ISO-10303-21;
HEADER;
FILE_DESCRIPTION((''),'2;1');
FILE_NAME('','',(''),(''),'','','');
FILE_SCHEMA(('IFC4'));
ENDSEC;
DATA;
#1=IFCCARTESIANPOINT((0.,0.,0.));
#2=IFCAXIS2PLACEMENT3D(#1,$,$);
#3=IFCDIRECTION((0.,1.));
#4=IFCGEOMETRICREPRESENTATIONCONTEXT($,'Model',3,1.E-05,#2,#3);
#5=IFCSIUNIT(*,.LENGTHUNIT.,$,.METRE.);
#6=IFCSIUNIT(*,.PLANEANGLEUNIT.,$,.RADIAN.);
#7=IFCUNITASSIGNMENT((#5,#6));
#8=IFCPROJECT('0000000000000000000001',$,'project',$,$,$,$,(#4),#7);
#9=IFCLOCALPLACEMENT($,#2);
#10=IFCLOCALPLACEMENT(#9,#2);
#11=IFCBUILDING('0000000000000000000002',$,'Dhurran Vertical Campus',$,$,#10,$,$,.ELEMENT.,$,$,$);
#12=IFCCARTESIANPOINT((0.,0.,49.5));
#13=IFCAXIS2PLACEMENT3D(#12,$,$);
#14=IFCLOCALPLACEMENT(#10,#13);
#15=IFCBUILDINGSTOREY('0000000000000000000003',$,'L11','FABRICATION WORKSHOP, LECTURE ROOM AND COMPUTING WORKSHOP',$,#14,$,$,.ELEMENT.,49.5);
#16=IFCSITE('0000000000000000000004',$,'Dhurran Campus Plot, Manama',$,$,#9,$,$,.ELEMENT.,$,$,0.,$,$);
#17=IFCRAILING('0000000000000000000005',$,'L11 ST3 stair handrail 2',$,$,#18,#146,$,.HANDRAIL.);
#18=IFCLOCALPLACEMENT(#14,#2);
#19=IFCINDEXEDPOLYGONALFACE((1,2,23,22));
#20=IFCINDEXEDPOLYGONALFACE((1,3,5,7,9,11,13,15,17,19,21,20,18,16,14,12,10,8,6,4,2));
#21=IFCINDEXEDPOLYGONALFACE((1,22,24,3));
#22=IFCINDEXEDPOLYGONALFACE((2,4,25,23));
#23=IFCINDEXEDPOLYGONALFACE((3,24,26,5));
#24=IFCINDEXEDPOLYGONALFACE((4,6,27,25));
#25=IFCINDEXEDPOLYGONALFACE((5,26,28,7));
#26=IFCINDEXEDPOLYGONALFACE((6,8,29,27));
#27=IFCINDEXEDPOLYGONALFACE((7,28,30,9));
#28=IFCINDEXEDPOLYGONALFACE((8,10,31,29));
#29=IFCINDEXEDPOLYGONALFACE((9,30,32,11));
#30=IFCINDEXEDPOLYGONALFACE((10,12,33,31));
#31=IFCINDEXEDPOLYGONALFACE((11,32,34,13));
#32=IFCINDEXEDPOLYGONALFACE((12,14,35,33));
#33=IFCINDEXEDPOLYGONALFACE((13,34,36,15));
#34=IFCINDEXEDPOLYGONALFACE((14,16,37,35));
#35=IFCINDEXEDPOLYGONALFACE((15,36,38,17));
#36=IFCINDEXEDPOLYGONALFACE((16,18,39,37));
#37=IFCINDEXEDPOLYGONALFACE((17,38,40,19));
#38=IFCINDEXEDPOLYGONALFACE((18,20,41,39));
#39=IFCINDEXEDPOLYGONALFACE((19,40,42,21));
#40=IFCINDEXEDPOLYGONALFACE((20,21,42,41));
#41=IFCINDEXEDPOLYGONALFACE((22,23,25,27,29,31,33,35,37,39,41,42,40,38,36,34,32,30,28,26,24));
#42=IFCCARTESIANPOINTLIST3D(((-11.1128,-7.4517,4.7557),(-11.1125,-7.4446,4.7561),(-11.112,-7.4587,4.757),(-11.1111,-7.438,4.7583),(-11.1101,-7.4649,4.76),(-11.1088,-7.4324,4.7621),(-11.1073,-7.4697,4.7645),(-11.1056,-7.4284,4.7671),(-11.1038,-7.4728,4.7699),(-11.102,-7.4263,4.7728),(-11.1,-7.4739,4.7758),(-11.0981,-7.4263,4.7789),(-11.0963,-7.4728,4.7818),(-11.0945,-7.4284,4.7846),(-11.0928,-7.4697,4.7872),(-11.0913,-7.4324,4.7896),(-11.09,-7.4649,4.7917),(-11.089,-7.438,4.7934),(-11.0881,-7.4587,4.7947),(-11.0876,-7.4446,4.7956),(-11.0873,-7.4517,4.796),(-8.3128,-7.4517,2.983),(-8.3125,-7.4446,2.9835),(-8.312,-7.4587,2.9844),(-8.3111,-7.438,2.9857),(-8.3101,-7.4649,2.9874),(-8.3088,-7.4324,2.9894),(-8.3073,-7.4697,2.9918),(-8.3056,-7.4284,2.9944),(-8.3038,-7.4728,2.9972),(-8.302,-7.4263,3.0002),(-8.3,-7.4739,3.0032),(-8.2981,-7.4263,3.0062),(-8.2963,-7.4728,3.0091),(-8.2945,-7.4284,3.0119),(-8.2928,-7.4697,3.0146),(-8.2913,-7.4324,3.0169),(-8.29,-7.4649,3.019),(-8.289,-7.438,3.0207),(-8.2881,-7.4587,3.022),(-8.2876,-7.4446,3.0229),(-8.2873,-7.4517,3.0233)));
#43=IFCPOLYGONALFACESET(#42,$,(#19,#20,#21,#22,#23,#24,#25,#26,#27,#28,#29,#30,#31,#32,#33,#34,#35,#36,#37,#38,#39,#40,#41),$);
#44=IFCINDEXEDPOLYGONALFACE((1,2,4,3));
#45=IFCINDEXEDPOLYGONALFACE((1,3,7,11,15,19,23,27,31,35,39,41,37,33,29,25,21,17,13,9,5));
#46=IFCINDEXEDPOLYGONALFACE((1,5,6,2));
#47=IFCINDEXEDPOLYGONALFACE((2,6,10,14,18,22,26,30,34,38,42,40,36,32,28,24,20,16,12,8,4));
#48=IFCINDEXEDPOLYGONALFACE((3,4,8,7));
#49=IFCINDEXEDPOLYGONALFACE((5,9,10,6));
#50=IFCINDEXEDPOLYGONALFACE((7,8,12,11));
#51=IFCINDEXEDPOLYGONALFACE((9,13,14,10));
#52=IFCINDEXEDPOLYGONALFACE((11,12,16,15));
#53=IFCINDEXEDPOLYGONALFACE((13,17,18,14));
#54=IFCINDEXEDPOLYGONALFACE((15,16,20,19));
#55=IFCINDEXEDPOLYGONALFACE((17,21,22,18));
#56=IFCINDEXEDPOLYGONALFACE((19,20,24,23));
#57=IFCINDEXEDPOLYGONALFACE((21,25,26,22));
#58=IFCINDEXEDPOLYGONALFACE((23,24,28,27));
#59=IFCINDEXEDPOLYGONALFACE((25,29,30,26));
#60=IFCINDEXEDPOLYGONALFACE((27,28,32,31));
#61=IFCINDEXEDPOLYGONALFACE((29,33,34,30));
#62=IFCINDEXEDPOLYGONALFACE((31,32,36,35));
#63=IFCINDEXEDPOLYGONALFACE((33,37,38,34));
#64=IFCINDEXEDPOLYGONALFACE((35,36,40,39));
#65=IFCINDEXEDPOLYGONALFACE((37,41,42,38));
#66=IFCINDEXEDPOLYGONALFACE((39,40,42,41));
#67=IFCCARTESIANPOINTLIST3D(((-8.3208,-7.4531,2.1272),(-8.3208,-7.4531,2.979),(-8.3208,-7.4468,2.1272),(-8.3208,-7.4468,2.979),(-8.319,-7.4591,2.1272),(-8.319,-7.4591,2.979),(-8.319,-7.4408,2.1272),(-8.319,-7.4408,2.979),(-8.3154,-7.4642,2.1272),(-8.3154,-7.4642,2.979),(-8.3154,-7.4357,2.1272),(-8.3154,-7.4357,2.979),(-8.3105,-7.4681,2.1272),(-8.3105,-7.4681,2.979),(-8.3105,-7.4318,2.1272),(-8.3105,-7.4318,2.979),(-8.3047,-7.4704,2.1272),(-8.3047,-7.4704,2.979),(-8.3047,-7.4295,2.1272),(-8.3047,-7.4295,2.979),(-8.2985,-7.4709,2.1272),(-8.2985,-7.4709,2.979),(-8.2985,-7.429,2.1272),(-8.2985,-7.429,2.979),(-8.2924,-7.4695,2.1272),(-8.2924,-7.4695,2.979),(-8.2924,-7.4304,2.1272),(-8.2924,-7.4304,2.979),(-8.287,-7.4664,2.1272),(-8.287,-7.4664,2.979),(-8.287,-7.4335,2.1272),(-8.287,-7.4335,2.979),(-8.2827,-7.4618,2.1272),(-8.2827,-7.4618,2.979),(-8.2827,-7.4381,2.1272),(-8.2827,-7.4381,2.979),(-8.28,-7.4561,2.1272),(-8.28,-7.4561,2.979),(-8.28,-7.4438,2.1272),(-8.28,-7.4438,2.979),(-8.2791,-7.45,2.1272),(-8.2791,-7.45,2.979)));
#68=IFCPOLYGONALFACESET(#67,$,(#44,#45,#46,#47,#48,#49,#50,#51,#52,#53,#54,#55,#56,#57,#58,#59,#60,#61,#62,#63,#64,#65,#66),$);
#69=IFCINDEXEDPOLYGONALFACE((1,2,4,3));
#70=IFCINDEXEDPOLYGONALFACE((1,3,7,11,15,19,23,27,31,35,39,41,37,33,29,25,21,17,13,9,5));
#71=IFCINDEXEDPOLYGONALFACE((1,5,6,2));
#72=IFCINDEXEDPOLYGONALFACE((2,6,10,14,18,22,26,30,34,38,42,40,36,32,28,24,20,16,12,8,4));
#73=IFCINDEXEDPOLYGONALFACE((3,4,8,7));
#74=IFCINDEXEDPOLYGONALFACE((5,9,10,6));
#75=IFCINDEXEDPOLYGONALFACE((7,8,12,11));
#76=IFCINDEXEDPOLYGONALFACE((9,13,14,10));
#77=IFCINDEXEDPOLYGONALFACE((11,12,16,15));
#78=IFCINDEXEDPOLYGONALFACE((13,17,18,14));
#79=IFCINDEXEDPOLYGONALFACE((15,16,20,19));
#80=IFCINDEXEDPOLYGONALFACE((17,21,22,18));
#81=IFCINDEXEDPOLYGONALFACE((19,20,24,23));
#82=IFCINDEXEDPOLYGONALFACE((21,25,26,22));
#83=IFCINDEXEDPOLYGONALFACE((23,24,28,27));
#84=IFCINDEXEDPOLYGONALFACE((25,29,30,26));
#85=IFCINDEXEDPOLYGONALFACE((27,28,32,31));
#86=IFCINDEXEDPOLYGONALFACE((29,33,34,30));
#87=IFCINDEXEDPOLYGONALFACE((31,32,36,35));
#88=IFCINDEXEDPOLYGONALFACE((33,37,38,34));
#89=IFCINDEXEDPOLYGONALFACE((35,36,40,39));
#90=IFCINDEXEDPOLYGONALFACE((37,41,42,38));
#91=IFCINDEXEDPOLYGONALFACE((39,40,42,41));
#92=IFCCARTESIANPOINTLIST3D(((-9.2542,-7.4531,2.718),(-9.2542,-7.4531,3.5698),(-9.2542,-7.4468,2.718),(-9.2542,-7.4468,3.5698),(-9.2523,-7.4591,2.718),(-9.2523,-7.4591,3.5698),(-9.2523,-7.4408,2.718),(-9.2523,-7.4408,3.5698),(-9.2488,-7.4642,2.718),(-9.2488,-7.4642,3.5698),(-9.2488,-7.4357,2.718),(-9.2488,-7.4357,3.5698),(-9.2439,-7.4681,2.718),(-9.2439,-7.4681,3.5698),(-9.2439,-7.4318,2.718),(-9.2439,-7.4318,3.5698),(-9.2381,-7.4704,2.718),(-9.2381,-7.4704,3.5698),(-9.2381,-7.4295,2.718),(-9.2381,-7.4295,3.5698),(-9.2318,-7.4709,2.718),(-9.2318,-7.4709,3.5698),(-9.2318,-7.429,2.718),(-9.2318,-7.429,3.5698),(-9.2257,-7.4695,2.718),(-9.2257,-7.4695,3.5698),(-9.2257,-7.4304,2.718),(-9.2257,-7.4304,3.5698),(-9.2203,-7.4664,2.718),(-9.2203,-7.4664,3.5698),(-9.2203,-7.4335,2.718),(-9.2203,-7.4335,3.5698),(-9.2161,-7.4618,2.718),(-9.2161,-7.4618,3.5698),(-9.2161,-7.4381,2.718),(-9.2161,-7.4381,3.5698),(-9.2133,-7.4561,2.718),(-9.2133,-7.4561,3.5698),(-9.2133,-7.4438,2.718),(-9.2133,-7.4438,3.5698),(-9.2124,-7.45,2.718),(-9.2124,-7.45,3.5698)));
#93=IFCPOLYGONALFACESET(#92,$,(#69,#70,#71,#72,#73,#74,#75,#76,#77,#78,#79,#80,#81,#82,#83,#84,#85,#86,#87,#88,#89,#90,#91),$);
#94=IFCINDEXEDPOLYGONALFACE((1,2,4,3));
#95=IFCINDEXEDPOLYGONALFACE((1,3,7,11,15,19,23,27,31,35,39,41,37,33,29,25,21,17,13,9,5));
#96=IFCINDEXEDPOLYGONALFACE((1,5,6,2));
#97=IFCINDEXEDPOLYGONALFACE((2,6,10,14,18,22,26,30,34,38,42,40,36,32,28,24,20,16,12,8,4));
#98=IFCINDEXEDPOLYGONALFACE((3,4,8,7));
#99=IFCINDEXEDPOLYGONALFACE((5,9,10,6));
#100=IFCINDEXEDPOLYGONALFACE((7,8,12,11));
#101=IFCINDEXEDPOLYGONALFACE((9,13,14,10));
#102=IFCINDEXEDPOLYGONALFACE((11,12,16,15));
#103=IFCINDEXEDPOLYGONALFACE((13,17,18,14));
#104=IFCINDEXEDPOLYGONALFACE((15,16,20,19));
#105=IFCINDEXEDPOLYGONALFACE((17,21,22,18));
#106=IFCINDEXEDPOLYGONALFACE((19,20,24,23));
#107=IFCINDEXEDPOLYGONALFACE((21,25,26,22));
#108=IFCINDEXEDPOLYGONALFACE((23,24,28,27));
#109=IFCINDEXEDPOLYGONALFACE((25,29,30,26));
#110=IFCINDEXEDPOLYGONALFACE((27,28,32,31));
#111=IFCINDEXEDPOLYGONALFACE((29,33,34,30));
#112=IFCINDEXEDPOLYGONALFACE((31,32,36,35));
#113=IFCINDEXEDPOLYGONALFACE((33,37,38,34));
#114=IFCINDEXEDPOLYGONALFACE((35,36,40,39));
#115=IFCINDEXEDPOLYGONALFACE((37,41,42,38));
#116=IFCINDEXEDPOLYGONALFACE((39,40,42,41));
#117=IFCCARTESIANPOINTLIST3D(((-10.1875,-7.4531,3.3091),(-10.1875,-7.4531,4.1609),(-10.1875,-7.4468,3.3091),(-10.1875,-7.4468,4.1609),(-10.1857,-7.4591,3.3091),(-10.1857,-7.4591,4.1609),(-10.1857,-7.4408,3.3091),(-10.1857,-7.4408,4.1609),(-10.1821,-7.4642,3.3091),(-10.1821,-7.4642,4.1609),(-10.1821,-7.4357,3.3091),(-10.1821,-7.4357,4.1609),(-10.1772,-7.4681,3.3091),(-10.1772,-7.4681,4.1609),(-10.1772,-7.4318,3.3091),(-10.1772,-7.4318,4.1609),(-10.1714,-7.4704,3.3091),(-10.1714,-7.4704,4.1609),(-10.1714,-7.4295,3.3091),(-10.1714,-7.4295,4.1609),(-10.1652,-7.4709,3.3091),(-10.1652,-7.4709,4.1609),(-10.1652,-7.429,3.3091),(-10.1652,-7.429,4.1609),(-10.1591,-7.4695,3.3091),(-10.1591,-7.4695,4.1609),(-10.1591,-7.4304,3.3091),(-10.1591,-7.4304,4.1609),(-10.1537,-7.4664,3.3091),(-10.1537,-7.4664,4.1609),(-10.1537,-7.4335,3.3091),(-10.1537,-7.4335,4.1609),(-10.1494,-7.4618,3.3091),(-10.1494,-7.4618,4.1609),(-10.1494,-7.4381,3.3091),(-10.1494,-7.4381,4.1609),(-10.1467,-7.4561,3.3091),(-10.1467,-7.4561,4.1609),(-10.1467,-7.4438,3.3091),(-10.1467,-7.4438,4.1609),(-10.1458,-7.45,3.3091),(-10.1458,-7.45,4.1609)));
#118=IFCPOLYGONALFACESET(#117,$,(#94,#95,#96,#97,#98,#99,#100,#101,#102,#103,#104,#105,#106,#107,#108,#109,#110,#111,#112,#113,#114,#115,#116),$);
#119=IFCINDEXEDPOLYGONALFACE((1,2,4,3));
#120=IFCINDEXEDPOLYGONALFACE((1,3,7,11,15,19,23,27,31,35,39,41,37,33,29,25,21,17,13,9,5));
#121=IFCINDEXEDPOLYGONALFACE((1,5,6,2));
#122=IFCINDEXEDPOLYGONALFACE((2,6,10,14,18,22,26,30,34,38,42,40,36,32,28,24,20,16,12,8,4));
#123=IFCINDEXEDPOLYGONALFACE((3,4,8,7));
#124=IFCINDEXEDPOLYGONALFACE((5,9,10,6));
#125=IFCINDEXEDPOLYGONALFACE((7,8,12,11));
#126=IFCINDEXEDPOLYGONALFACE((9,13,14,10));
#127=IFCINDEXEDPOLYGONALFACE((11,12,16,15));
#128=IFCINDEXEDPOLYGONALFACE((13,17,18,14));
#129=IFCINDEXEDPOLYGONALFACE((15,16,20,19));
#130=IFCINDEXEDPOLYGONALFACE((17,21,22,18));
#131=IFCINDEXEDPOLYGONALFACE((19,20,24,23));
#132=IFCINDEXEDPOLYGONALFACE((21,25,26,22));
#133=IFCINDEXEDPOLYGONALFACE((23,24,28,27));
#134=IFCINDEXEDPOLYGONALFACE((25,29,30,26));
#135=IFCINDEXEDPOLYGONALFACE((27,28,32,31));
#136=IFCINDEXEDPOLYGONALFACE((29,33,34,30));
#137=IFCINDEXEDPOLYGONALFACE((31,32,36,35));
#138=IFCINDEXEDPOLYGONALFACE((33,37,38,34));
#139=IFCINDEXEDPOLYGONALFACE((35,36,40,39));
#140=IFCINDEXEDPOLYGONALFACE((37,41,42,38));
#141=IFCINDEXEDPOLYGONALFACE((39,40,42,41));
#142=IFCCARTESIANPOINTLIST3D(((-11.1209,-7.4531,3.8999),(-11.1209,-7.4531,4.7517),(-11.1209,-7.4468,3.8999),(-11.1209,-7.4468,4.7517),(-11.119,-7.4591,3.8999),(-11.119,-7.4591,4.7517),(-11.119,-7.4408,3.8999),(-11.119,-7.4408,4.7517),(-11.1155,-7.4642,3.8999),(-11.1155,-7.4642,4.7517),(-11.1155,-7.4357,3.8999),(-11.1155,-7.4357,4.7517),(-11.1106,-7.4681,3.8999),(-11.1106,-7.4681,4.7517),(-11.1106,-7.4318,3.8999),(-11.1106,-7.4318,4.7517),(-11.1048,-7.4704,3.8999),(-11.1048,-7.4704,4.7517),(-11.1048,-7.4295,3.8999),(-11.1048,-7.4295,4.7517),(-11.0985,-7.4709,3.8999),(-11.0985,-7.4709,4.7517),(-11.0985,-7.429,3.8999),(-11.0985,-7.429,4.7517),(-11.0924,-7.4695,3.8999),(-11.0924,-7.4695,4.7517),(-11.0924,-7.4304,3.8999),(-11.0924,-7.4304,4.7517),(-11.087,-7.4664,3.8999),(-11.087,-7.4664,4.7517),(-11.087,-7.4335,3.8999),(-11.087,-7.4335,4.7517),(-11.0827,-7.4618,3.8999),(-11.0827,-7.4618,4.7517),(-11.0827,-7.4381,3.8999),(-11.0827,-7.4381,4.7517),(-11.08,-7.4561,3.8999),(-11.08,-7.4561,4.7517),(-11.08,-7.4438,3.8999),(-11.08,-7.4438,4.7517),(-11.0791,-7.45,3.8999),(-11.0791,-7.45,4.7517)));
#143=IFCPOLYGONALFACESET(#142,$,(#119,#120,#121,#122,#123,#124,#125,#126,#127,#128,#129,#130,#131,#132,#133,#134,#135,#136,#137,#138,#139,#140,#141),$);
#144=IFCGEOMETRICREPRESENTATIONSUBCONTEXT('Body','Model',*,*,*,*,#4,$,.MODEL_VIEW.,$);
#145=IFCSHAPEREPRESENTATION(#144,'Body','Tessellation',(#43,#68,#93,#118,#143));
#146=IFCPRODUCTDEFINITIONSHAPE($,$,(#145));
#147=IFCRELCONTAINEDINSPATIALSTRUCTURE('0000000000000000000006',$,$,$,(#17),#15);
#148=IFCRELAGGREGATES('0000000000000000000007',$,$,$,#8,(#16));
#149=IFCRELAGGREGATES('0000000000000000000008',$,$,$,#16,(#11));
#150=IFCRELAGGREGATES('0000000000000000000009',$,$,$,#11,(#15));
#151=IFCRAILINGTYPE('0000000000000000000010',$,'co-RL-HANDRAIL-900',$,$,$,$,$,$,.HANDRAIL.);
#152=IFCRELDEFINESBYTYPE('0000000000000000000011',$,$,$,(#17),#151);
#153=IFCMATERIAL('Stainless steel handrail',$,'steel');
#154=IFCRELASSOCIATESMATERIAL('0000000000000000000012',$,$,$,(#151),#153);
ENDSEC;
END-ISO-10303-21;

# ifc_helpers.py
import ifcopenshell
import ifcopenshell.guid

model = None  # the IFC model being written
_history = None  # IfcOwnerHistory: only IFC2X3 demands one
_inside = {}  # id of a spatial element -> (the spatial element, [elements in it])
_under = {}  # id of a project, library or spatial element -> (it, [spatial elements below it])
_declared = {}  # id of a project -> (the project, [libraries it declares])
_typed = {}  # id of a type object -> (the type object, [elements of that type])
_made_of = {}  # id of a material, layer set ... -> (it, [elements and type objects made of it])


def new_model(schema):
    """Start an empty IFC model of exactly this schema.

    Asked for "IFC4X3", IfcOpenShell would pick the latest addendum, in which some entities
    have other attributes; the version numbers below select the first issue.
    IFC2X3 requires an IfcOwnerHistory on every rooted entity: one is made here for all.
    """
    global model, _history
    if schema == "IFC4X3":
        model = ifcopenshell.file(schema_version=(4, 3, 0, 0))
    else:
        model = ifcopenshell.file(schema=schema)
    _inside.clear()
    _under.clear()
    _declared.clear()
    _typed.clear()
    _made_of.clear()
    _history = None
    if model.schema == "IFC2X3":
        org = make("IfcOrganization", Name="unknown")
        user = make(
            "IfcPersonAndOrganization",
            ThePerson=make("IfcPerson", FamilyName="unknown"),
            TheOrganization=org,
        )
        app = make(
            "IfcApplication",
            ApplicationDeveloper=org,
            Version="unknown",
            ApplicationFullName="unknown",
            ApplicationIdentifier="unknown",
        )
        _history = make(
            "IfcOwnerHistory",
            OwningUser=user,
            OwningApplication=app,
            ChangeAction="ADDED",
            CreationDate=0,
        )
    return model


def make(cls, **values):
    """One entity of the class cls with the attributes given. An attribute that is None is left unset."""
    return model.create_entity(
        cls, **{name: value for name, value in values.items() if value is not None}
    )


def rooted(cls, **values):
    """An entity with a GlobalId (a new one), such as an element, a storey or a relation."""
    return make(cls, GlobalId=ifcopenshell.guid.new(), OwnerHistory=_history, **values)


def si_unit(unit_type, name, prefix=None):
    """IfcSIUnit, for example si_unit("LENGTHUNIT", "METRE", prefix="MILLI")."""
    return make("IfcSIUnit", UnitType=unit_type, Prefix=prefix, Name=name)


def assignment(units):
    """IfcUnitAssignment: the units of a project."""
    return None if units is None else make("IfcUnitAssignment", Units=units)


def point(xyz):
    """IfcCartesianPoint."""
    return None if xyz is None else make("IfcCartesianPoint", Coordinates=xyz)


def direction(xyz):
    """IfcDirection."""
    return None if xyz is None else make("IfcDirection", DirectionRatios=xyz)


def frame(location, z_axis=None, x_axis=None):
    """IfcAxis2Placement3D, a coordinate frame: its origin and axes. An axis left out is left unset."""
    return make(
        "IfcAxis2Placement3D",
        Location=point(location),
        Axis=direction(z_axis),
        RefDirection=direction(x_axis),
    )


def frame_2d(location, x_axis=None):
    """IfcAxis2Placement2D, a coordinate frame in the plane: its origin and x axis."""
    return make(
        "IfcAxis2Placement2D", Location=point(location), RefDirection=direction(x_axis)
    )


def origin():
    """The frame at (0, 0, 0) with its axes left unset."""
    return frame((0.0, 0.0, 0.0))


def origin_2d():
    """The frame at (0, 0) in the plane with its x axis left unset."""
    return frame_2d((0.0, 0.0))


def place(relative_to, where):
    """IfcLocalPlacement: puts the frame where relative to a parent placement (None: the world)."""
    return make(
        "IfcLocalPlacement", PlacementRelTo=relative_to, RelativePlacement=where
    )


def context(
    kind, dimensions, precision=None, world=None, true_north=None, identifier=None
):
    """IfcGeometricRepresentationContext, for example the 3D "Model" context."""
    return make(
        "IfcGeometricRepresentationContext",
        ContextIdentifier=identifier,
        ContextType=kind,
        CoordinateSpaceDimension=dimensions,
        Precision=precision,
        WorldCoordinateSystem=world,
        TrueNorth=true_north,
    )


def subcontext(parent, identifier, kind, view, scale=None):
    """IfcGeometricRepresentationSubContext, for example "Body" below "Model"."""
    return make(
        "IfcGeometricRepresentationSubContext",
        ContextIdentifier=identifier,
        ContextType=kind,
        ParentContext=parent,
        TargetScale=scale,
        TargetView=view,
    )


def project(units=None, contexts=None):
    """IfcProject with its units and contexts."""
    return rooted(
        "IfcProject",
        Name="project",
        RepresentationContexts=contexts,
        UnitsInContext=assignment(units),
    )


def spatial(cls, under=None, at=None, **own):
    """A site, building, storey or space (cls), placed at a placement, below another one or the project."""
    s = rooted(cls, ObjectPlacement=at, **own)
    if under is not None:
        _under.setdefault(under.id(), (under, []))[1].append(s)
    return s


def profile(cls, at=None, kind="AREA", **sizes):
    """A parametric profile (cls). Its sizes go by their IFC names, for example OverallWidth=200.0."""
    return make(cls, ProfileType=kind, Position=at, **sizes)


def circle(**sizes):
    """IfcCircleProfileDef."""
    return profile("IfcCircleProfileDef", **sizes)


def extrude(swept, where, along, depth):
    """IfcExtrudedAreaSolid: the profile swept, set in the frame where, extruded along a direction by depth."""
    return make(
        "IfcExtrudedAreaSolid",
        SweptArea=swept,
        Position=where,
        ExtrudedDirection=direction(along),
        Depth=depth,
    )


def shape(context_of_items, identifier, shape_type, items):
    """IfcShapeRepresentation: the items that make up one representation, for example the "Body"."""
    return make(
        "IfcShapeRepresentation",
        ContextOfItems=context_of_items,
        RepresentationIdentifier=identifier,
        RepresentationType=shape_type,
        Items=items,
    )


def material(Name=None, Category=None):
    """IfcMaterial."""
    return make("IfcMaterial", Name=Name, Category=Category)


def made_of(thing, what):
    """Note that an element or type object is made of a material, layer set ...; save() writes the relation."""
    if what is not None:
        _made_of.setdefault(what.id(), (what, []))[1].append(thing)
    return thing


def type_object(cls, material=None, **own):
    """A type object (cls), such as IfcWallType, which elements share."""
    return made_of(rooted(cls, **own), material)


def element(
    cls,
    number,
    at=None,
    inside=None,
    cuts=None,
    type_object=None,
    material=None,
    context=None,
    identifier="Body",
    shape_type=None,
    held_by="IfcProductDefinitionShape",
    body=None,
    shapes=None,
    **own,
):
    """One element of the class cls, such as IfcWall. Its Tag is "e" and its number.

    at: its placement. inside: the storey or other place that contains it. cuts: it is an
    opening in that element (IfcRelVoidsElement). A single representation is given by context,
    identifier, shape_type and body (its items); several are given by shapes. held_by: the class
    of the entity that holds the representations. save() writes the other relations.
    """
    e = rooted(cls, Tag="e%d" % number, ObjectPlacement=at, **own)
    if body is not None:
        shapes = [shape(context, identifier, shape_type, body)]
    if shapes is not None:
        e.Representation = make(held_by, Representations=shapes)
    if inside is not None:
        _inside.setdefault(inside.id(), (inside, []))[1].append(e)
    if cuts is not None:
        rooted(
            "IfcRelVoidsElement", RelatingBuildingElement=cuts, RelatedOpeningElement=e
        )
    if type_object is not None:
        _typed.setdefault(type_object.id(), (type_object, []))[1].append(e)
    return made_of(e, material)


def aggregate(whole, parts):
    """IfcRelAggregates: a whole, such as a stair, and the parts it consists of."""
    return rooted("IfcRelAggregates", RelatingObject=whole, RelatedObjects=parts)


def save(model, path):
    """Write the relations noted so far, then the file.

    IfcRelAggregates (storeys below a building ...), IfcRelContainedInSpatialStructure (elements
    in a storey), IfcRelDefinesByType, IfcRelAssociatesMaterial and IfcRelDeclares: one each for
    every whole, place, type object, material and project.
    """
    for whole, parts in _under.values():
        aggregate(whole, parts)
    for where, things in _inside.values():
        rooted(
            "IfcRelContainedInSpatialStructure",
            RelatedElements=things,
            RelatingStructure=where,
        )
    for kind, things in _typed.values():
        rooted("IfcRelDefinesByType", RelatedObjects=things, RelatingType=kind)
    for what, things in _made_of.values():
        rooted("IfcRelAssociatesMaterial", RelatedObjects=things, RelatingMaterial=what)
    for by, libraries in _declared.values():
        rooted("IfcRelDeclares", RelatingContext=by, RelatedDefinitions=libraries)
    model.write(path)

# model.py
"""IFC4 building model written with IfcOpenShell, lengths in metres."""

from ifc_helpers import new_model, si_unit, direction, frame, origin, origin_2d, place, context, subcontext, project, spatial, circle, extrude, material, type_object, element, save


model = new_model("IFC4")

# Units and contexts
model_context = context("Model", 3, precision=1e-05, world=origin(), true_north=direction((0.0, 1.0)))
body_context = subcontext(model_context, "Body", "Model", "MODEL_VIEW")
ifc_project = project(units=[si_unit("LENGTHUNIT", "METRE"), si_unit("PLANEANGLEUNIT", "RADIAN")], contexts=[model_context])

# Site, building, storey
site_placement = place(None, origin())
site = spatial("IfcSite", under=ifc_project, at=site_placement, Name="Dhurran Campus Plot, Manama", CompositionType="ELEMENT", RefElevation=0.0)
building_placement = place(site_placement, origin())
building = spatial("IfcBuilding", under=site, at=building_placement, Name="Dhurran Vertical Campus", CompositionType="ELEMENT")
storey_placement = place(building_placement, frame((0.0, 0.0, 49.5)))
storey = spatial("IfcBuildingStorey", under=building, at=storey_placement, Name="L11", Description="FABRICATION WORKSHOP, LECTURE ROOM AND COMPUTING WORKSHOP", CompositionType="ELEMENT", Elevation=49.5)

# Railing
ifc_material_1 = material(Name="Stainless steel handrail", Category="steel")
railing_type_1 = type_object("IfcRailingType", Name="co-RL-HANDRAIL-900", PredefinedType="HANDRAIL", material=ifc_material_1)
railing_1_placement = place(storey_placement, frame((-8.3, -7.45, 2.1272)))
element("IfcRailing", 1, at=railing_1_placement, inside=storey, type_object=railing_type_1, Name="L11 ST3 stair handrail 2", PredefinedType="HANDRAIL", context=body_context, shape_type="SweptSolid", body=[
    extrude(circle(Radius=0.0239, at=origin_2d()), frame((0.0, 0.0, 0.876), z_axis=(-0.844909, 0.0, 0.53491), x_axis=(0.0, -1.0, 0.0)), (0.0, 0.0, 1.0), 3.314),
    extrude(circle(Radius=0.021, at=origin_2d()), origin(), (0.0, 0.0, 1.0), 0.8518),
    extrude(circle(Radius=0.021, at=origin_2d()), frame((-0.9333, 0.0, 0.5908)), (0.0, 0.0, 1.0), 0.8518),
    extrude(circle(Radius=0.021, at=origin_2d()), frame((-1.8667, 0.0, 1.1819)), (0.0, 0.0, 1.0), 0.8518),
    extrude(circle(Radius=0.021, at=origin_2d()), frame((-2.8, 0.0, 1.7727)), (0.0, 0.0, 1.0), 0.8518),
])

save(model, "model.ifc")
